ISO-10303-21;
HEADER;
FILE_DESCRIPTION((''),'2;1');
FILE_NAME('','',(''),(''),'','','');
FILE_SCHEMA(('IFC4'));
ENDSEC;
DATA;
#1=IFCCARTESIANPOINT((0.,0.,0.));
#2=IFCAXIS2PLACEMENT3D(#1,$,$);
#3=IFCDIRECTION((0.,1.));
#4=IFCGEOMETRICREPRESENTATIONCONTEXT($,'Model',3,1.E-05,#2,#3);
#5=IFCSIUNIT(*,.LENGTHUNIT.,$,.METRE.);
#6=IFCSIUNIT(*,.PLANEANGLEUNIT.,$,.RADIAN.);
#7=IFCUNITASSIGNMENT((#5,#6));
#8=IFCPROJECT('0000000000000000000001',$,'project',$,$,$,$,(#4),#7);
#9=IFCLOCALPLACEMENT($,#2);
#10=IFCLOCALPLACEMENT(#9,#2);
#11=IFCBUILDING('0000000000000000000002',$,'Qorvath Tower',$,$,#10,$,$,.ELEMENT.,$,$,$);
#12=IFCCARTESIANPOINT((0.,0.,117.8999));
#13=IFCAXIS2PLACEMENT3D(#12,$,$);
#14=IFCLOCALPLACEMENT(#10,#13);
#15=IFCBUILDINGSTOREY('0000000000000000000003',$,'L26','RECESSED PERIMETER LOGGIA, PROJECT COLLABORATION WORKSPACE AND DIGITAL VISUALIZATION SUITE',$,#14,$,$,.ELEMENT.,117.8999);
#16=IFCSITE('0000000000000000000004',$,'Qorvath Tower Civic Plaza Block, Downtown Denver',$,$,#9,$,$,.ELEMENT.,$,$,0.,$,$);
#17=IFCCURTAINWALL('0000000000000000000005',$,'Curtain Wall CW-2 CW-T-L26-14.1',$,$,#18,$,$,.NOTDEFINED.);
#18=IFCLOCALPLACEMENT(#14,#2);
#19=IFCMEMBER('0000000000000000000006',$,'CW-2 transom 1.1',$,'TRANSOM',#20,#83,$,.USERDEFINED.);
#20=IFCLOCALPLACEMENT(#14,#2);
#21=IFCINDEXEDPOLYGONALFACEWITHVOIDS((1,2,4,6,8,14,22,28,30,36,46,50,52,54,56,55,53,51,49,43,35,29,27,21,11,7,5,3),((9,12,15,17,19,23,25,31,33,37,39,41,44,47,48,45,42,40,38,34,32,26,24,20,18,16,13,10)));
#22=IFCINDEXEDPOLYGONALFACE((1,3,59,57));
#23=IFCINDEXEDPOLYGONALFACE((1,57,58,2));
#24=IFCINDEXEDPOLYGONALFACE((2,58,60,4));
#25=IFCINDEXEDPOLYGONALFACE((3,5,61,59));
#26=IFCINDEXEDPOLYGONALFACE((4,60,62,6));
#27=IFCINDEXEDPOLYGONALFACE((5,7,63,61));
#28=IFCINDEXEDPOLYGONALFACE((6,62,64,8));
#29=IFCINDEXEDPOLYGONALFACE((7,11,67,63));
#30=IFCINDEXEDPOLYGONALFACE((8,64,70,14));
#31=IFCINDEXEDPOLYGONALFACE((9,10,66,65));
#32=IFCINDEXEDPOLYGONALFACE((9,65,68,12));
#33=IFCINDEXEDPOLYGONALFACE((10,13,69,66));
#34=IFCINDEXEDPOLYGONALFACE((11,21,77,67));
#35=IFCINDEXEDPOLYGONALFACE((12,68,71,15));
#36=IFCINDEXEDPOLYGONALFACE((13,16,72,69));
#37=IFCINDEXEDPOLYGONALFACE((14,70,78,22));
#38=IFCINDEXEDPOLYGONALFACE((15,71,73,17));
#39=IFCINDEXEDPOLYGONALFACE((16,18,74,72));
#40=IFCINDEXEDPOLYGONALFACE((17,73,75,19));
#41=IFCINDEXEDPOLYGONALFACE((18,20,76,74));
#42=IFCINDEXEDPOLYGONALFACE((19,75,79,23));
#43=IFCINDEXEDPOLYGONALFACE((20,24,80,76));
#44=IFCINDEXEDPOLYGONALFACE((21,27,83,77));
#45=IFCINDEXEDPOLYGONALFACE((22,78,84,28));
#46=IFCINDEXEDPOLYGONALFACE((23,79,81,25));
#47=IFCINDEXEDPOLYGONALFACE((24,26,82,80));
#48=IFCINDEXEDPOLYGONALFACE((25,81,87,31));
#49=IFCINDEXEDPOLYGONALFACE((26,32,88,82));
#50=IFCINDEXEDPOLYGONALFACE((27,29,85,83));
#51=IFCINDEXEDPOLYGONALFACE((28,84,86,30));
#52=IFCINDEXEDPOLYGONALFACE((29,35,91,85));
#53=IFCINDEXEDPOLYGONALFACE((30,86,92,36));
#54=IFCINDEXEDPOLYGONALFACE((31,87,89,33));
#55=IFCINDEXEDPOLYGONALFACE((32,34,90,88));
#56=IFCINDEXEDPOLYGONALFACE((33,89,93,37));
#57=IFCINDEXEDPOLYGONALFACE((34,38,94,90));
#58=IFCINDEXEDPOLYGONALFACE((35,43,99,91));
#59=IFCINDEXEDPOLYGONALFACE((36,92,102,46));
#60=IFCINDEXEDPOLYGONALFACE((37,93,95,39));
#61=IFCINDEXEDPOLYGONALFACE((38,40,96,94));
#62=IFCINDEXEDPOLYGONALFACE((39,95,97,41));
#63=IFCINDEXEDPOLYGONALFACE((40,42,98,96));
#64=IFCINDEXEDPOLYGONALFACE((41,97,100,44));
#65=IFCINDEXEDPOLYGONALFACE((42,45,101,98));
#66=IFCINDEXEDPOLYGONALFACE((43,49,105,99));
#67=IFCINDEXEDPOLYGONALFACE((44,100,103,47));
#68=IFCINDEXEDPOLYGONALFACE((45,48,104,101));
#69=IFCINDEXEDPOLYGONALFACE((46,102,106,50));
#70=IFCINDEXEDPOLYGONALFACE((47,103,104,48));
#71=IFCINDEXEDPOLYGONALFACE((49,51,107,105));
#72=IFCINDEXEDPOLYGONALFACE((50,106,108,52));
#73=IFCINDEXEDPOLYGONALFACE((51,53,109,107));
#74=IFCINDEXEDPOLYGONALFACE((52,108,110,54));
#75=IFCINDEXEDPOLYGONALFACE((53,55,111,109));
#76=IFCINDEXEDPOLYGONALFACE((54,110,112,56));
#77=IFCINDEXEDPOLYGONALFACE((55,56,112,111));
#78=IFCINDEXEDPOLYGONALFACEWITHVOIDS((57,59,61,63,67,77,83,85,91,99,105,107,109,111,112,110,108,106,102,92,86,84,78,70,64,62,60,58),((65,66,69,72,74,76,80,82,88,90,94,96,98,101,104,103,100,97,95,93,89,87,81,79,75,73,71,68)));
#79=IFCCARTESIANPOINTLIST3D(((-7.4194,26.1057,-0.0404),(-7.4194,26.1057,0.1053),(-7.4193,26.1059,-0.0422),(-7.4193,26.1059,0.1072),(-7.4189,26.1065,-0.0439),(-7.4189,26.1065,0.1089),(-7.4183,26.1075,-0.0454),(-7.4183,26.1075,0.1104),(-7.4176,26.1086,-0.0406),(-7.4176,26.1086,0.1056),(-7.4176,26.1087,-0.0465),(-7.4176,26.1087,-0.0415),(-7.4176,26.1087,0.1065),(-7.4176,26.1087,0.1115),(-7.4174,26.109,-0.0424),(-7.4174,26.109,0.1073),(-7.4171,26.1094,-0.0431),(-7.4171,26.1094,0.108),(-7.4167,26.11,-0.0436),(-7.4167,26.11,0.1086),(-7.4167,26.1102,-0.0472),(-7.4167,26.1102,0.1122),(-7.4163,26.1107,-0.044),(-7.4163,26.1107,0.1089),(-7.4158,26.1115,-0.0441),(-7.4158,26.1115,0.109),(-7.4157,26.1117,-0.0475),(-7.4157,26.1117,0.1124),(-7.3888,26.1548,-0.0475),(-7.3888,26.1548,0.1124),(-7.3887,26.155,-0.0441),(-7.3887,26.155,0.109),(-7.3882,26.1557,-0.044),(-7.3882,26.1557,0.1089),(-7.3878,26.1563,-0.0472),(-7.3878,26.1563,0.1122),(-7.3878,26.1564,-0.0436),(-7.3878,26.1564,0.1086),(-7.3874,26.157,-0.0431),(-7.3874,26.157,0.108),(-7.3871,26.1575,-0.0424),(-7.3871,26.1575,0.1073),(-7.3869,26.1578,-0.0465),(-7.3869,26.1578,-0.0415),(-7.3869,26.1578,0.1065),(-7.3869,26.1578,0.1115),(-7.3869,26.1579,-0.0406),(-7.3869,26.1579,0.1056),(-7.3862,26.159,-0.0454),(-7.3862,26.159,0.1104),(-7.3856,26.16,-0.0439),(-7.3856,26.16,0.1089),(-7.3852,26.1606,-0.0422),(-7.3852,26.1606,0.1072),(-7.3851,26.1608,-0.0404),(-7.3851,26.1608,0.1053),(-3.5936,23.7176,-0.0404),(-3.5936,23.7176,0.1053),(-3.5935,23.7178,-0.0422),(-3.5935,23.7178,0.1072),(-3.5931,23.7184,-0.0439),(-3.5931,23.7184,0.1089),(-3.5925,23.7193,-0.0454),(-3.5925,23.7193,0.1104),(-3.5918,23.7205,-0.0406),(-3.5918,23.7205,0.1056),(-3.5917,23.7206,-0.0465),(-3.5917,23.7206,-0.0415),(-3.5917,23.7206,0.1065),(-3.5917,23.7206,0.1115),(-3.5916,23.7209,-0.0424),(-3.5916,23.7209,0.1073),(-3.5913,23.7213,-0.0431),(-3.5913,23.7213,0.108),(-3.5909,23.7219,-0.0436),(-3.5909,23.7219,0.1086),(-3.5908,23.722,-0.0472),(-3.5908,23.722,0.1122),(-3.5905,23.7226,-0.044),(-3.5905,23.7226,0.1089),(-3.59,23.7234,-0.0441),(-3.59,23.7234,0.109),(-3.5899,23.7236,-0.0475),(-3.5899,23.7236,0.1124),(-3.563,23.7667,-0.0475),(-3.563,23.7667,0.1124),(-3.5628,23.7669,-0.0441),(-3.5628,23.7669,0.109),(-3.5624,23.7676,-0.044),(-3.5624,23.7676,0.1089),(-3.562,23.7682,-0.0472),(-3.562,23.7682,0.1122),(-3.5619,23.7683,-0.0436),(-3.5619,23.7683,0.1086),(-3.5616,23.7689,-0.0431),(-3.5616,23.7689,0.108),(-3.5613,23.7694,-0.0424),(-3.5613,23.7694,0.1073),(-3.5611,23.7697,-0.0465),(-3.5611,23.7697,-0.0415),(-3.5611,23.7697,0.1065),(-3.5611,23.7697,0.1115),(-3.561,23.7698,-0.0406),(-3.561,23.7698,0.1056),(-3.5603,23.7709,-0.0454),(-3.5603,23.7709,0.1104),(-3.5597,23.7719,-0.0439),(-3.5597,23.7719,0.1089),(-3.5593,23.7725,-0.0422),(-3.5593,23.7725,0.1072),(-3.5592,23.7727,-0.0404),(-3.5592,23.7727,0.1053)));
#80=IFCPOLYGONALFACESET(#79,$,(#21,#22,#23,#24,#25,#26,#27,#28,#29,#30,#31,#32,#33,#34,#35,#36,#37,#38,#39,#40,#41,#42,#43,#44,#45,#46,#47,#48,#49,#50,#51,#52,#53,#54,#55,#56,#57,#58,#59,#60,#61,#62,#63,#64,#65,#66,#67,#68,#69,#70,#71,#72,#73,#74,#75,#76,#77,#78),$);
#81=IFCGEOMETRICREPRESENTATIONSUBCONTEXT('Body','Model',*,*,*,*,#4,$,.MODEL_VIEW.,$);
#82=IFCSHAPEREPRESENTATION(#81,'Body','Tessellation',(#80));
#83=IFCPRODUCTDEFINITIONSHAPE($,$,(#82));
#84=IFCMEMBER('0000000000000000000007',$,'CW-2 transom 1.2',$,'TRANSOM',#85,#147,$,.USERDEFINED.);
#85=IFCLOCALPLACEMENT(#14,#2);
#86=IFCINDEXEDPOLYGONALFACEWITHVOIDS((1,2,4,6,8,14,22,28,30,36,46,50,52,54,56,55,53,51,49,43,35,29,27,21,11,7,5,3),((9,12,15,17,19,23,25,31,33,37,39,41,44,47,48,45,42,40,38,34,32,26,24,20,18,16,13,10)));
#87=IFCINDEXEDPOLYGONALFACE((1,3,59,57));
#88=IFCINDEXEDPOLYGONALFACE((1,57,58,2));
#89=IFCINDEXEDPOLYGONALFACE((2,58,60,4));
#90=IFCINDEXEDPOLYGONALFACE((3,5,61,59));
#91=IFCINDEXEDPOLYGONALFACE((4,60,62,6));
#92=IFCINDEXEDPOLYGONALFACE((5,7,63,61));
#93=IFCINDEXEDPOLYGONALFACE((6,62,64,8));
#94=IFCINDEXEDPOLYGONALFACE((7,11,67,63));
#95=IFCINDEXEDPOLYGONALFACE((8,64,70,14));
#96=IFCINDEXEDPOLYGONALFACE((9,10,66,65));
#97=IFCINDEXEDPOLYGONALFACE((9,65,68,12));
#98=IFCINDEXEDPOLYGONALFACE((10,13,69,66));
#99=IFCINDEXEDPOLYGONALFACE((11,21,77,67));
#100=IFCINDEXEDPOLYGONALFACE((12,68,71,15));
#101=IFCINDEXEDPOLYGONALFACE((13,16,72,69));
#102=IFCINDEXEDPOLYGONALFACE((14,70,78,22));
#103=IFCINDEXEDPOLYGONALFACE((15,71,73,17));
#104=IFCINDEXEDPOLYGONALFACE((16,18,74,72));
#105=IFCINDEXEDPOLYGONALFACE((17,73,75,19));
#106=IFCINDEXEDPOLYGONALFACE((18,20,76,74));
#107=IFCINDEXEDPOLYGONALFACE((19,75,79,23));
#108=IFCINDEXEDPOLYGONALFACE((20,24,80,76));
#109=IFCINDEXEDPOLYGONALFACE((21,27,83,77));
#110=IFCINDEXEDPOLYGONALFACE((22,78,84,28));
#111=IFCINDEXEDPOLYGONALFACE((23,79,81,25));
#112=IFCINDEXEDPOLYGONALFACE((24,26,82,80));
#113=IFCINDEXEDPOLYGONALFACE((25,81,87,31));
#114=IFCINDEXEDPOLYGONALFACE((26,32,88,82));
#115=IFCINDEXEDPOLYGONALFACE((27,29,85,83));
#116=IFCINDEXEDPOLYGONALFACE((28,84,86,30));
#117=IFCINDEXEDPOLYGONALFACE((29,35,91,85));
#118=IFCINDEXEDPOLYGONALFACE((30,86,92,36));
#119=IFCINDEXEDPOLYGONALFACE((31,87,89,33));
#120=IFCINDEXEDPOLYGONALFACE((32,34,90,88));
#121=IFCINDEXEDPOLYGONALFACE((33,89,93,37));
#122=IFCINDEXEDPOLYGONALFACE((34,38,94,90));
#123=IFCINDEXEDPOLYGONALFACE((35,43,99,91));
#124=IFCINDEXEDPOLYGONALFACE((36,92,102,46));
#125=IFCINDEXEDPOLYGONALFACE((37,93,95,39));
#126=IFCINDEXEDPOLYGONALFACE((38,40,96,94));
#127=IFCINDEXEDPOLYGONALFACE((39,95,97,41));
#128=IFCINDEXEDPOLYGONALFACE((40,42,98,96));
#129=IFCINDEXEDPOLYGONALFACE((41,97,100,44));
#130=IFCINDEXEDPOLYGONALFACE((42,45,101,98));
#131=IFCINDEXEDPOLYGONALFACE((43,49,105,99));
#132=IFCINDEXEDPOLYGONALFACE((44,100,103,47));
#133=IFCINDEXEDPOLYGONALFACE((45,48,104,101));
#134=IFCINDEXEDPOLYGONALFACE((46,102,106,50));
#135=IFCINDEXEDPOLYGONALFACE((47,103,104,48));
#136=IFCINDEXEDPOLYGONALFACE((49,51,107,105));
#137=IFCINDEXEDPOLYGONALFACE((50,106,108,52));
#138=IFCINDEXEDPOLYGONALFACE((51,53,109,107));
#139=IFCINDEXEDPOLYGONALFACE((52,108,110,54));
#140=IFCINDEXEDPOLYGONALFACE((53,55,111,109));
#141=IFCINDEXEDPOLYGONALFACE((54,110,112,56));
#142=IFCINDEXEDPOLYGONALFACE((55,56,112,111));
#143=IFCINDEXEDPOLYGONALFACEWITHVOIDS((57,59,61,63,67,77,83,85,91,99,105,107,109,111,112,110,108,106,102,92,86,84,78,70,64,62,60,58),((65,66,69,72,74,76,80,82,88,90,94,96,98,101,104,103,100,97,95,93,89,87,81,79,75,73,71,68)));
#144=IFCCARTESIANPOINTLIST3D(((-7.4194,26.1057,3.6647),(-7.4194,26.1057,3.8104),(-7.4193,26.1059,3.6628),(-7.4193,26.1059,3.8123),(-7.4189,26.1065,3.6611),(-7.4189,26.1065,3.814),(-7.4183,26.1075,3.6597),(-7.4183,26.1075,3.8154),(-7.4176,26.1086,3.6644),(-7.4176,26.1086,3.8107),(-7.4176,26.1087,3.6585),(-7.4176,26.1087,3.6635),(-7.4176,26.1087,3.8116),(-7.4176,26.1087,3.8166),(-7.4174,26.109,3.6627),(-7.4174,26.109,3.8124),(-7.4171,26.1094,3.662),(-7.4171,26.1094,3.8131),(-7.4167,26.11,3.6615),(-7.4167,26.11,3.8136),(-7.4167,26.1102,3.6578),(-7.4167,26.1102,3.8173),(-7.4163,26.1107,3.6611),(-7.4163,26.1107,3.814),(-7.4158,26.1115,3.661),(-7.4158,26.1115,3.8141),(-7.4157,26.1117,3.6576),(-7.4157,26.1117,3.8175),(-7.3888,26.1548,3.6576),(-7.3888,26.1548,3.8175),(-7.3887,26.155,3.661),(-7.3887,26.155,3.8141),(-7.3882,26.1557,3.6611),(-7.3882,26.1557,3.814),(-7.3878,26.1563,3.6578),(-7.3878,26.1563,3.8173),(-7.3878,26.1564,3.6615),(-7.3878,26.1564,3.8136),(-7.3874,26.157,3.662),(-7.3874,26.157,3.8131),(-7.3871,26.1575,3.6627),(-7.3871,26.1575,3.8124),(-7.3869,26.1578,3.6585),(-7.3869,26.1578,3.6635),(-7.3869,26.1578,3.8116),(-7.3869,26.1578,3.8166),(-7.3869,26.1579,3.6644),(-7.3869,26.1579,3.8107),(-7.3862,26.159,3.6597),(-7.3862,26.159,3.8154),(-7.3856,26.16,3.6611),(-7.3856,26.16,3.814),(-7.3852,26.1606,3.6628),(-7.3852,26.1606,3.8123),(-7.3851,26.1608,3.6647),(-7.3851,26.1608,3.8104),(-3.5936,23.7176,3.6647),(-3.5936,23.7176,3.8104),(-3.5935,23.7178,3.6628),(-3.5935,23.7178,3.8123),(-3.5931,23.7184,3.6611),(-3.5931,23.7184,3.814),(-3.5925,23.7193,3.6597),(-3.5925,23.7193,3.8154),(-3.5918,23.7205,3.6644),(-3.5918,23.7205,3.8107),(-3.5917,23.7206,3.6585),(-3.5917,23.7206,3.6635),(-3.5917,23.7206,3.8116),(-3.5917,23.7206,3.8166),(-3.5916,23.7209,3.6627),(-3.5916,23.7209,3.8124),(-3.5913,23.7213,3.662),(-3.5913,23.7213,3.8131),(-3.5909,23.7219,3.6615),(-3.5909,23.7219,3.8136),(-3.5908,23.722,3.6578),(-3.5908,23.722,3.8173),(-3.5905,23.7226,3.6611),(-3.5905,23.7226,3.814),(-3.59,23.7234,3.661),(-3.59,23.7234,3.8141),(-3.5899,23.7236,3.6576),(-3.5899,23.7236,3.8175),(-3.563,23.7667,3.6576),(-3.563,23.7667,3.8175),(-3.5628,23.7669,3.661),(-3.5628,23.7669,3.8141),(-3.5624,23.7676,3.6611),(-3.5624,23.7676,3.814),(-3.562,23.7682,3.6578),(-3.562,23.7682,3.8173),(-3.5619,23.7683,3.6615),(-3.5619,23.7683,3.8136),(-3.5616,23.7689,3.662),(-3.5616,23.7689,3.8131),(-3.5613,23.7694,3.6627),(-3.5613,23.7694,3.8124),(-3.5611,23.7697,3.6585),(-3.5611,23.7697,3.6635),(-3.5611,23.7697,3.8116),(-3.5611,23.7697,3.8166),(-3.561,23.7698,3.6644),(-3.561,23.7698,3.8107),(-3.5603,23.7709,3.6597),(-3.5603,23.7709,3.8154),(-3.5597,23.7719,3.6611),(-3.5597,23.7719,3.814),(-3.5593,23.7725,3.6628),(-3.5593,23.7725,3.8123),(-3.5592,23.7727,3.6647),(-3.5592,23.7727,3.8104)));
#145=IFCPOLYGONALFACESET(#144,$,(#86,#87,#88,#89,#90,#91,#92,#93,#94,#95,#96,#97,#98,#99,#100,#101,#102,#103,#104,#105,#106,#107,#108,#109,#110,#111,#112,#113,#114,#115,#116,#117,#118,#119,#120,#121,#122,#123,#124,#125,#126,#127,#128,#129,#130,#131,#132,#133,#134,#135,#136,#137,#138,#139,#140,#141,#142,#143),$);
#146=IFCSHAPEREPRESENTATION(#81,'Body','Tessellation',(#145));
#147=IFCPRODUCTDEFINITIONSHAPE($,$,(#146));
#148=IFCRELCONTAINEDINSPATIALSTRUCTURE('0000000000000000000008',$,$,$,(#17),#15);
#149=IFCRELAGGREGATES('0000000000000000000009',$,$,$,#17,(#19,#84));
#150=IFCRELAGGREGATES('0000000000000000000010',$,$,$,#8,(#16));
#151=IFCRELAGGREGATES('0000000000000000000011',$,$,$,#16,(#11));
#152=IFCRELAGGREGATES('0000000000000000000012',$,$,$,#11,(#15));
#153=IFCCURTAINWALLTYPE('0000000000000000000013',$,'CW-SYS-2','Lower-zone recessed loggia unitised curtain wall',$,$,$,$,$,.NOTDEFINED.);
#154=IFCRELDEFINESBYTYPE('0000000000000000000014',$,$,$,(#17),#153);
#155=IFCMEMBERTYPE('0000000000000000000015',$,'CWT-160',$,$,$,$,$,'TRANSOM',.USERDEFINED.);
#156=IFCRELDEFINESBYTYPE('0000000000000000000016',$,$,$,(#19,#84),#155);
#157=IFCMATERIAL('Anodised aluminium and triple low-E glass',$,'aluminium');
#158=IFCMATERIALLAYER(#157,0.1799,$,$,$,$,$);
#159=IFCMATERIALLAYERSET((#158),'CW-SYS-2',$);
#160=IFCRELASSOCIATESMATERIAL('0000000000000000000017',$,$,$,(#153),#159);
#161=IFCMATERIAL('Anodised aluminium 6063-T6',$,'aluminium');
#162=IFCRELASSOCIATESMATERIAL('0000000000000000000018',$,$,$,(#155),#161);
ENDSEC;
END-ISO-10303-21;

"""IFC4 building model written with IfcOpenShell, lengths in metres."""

from ifc_helpers import new_model, si_unit, direction, frame, origin, origin_2d, place, context, subcontext, project, spatial, hollow_rectangle, extrude, material, layer, layer_set, material_profile, profile_set, type_object, element, aggregate, save


model = new_model("IFC4")

# Units and contexts
model_context = context("Model", 3, precision=1e-05, world=origin(), true_north=direction((0.0, 1.0)))
body_context = subcontext(model_context, "Body", "Model", "MODEL_VIEW")
ifc_project = project(units=[si_unit("LENGTHUNIT", "METRE"), si_unit("PLANEANGLEUNIT", "RADIAN")], contexts=[model_context])

# Site, building, storey
site_placement = place(None, origin())
site = spatial("IfcSite", under=ifc_project, at=site_placement, Name="Qorvath Tower Civic Plaza Block, Downtown Denver", CompositionType="ELEMENT", RefElevation=0.0)
building_placement = place(site_placement, origin())
building = spatial("IfcBuilding", under=site, at=building_placement, Name="Qorvath Tower", CompositionType="ELEMENT")
storey_placement = place(building_placement, frame((0.0, 0.0, 117.8999)))
storey = spatial("IfcBuildingStorey", under=building, at=storey_placement, Name="L26", Description="RECESSED PERIMETER LOGGIA, PROJECT COLLABORATION WORKSPACE AND DIGITAL VISUALIZATION SUITE", CompositionType="ELEMENT", Elevation=117.8999)

# Curtain wall
ifc_material_1 = material(Name="Anodised aluminium and triple low-E glass", Category="aluminium")
ifc_layer_1 = layer(ifc_material_1, 0.1799)
ifc_layer_set_1 = layer_set([ifc_layer_1], Name="CW-SYS-2")
curtain_wall_type = type_object("IfcCurtainWallType", Name="CW-SYS-2", Description="Lower-zone recessed loggia unitised curtain wall", PredefinedType="NOTDEFINED", material=ifc_layer_set_1)
curtain_wall_1_placement = place(storey_placement, origin())
curtain_wall_1 = element("IfcCurtainWall", 1, at=curtain_wall_1_placement, inside=storey, type_object=curtain_wall_type, Name="Curtain Wall CW-2 CW-T-L26-14.1", PredefinedType="NOTDEFINED")

# Members
ifc_material_2 = material(Name="Anodised aluminium 6063-T6", Category="aluminium")
ifc_material_profile_1 = material_profile(ifc_material_2, hollow_rectangle(XDim=0.0649, YDim=0.1599, WallThickness=0.0034, InnerFilletRadius=0.0034, OuterFilletRadius=0.0071, at=origin_2d()), Name="CWT 160x65")
ifc_profile_set_1 = profile_set([ifc_material_profile_1], Name="Anodised aluminium 6063-T6")
member_type_1 = type_object("IfcMemberType", Name="CWT-160", ElementType="TRANSOM", PredefinedType="USERDEFINED", material=ifc_profile_set_1)
member_1_placement = place(storey_placement, frame((-3.5764, 23.7451, 0.0325), z_axis=(-0.848299, 0.529517, 0.0), x_axis=(-0.529517, -0.848299, 0.0)))
member_1 = element("IfcMember", 2, at=member_1_placement, type_object=member_type_1, Name="CW-2 transom 1.1", ObjectType="TRANSOM", PredefinedType="USERDEFINED", context=body_context, shape_type="SweptSolid", body=[
    extrude(hollow_rectangle(XDim=0.0649, YDim=0.1599, WallThickness=0.0034, InnerFilletRadius=0.0034, OuterFilletRadius=0.0071, at=origin_2d()), origin(), (0.0, 0.0, 1.0), 4.51),
])
member_2_placement = place(storey_placement, frame((-3.5764, 23.7451, 3.7375), z_axis=(-0.848299, 0.529517, 0.0), x_axis=(-0.529517, -0.848299, 0.0)))
member_2 = element("IfcMember", 3, at=member_2_placement, type_object=member_type_1, Name="CW-2 transom 1.2", ObjectType="TRANSOM", PredefinedType="USERDEFINED", context=body_context, shape_type="SweptSolid", body=[
    extrude(hollow_rectangle(XDim=0.0649, YDim=0.1599, WallThickness=0.0034, InnerFilletRadius=0.0034, OuterFilletRadius=0.0071, at=origin_2d()), origin(), (0.0, 0.0, 1.0), 4.51),
])

aggregate(curtain_wall_1, [member_1, member_2])

save(model, "model.ifc")
